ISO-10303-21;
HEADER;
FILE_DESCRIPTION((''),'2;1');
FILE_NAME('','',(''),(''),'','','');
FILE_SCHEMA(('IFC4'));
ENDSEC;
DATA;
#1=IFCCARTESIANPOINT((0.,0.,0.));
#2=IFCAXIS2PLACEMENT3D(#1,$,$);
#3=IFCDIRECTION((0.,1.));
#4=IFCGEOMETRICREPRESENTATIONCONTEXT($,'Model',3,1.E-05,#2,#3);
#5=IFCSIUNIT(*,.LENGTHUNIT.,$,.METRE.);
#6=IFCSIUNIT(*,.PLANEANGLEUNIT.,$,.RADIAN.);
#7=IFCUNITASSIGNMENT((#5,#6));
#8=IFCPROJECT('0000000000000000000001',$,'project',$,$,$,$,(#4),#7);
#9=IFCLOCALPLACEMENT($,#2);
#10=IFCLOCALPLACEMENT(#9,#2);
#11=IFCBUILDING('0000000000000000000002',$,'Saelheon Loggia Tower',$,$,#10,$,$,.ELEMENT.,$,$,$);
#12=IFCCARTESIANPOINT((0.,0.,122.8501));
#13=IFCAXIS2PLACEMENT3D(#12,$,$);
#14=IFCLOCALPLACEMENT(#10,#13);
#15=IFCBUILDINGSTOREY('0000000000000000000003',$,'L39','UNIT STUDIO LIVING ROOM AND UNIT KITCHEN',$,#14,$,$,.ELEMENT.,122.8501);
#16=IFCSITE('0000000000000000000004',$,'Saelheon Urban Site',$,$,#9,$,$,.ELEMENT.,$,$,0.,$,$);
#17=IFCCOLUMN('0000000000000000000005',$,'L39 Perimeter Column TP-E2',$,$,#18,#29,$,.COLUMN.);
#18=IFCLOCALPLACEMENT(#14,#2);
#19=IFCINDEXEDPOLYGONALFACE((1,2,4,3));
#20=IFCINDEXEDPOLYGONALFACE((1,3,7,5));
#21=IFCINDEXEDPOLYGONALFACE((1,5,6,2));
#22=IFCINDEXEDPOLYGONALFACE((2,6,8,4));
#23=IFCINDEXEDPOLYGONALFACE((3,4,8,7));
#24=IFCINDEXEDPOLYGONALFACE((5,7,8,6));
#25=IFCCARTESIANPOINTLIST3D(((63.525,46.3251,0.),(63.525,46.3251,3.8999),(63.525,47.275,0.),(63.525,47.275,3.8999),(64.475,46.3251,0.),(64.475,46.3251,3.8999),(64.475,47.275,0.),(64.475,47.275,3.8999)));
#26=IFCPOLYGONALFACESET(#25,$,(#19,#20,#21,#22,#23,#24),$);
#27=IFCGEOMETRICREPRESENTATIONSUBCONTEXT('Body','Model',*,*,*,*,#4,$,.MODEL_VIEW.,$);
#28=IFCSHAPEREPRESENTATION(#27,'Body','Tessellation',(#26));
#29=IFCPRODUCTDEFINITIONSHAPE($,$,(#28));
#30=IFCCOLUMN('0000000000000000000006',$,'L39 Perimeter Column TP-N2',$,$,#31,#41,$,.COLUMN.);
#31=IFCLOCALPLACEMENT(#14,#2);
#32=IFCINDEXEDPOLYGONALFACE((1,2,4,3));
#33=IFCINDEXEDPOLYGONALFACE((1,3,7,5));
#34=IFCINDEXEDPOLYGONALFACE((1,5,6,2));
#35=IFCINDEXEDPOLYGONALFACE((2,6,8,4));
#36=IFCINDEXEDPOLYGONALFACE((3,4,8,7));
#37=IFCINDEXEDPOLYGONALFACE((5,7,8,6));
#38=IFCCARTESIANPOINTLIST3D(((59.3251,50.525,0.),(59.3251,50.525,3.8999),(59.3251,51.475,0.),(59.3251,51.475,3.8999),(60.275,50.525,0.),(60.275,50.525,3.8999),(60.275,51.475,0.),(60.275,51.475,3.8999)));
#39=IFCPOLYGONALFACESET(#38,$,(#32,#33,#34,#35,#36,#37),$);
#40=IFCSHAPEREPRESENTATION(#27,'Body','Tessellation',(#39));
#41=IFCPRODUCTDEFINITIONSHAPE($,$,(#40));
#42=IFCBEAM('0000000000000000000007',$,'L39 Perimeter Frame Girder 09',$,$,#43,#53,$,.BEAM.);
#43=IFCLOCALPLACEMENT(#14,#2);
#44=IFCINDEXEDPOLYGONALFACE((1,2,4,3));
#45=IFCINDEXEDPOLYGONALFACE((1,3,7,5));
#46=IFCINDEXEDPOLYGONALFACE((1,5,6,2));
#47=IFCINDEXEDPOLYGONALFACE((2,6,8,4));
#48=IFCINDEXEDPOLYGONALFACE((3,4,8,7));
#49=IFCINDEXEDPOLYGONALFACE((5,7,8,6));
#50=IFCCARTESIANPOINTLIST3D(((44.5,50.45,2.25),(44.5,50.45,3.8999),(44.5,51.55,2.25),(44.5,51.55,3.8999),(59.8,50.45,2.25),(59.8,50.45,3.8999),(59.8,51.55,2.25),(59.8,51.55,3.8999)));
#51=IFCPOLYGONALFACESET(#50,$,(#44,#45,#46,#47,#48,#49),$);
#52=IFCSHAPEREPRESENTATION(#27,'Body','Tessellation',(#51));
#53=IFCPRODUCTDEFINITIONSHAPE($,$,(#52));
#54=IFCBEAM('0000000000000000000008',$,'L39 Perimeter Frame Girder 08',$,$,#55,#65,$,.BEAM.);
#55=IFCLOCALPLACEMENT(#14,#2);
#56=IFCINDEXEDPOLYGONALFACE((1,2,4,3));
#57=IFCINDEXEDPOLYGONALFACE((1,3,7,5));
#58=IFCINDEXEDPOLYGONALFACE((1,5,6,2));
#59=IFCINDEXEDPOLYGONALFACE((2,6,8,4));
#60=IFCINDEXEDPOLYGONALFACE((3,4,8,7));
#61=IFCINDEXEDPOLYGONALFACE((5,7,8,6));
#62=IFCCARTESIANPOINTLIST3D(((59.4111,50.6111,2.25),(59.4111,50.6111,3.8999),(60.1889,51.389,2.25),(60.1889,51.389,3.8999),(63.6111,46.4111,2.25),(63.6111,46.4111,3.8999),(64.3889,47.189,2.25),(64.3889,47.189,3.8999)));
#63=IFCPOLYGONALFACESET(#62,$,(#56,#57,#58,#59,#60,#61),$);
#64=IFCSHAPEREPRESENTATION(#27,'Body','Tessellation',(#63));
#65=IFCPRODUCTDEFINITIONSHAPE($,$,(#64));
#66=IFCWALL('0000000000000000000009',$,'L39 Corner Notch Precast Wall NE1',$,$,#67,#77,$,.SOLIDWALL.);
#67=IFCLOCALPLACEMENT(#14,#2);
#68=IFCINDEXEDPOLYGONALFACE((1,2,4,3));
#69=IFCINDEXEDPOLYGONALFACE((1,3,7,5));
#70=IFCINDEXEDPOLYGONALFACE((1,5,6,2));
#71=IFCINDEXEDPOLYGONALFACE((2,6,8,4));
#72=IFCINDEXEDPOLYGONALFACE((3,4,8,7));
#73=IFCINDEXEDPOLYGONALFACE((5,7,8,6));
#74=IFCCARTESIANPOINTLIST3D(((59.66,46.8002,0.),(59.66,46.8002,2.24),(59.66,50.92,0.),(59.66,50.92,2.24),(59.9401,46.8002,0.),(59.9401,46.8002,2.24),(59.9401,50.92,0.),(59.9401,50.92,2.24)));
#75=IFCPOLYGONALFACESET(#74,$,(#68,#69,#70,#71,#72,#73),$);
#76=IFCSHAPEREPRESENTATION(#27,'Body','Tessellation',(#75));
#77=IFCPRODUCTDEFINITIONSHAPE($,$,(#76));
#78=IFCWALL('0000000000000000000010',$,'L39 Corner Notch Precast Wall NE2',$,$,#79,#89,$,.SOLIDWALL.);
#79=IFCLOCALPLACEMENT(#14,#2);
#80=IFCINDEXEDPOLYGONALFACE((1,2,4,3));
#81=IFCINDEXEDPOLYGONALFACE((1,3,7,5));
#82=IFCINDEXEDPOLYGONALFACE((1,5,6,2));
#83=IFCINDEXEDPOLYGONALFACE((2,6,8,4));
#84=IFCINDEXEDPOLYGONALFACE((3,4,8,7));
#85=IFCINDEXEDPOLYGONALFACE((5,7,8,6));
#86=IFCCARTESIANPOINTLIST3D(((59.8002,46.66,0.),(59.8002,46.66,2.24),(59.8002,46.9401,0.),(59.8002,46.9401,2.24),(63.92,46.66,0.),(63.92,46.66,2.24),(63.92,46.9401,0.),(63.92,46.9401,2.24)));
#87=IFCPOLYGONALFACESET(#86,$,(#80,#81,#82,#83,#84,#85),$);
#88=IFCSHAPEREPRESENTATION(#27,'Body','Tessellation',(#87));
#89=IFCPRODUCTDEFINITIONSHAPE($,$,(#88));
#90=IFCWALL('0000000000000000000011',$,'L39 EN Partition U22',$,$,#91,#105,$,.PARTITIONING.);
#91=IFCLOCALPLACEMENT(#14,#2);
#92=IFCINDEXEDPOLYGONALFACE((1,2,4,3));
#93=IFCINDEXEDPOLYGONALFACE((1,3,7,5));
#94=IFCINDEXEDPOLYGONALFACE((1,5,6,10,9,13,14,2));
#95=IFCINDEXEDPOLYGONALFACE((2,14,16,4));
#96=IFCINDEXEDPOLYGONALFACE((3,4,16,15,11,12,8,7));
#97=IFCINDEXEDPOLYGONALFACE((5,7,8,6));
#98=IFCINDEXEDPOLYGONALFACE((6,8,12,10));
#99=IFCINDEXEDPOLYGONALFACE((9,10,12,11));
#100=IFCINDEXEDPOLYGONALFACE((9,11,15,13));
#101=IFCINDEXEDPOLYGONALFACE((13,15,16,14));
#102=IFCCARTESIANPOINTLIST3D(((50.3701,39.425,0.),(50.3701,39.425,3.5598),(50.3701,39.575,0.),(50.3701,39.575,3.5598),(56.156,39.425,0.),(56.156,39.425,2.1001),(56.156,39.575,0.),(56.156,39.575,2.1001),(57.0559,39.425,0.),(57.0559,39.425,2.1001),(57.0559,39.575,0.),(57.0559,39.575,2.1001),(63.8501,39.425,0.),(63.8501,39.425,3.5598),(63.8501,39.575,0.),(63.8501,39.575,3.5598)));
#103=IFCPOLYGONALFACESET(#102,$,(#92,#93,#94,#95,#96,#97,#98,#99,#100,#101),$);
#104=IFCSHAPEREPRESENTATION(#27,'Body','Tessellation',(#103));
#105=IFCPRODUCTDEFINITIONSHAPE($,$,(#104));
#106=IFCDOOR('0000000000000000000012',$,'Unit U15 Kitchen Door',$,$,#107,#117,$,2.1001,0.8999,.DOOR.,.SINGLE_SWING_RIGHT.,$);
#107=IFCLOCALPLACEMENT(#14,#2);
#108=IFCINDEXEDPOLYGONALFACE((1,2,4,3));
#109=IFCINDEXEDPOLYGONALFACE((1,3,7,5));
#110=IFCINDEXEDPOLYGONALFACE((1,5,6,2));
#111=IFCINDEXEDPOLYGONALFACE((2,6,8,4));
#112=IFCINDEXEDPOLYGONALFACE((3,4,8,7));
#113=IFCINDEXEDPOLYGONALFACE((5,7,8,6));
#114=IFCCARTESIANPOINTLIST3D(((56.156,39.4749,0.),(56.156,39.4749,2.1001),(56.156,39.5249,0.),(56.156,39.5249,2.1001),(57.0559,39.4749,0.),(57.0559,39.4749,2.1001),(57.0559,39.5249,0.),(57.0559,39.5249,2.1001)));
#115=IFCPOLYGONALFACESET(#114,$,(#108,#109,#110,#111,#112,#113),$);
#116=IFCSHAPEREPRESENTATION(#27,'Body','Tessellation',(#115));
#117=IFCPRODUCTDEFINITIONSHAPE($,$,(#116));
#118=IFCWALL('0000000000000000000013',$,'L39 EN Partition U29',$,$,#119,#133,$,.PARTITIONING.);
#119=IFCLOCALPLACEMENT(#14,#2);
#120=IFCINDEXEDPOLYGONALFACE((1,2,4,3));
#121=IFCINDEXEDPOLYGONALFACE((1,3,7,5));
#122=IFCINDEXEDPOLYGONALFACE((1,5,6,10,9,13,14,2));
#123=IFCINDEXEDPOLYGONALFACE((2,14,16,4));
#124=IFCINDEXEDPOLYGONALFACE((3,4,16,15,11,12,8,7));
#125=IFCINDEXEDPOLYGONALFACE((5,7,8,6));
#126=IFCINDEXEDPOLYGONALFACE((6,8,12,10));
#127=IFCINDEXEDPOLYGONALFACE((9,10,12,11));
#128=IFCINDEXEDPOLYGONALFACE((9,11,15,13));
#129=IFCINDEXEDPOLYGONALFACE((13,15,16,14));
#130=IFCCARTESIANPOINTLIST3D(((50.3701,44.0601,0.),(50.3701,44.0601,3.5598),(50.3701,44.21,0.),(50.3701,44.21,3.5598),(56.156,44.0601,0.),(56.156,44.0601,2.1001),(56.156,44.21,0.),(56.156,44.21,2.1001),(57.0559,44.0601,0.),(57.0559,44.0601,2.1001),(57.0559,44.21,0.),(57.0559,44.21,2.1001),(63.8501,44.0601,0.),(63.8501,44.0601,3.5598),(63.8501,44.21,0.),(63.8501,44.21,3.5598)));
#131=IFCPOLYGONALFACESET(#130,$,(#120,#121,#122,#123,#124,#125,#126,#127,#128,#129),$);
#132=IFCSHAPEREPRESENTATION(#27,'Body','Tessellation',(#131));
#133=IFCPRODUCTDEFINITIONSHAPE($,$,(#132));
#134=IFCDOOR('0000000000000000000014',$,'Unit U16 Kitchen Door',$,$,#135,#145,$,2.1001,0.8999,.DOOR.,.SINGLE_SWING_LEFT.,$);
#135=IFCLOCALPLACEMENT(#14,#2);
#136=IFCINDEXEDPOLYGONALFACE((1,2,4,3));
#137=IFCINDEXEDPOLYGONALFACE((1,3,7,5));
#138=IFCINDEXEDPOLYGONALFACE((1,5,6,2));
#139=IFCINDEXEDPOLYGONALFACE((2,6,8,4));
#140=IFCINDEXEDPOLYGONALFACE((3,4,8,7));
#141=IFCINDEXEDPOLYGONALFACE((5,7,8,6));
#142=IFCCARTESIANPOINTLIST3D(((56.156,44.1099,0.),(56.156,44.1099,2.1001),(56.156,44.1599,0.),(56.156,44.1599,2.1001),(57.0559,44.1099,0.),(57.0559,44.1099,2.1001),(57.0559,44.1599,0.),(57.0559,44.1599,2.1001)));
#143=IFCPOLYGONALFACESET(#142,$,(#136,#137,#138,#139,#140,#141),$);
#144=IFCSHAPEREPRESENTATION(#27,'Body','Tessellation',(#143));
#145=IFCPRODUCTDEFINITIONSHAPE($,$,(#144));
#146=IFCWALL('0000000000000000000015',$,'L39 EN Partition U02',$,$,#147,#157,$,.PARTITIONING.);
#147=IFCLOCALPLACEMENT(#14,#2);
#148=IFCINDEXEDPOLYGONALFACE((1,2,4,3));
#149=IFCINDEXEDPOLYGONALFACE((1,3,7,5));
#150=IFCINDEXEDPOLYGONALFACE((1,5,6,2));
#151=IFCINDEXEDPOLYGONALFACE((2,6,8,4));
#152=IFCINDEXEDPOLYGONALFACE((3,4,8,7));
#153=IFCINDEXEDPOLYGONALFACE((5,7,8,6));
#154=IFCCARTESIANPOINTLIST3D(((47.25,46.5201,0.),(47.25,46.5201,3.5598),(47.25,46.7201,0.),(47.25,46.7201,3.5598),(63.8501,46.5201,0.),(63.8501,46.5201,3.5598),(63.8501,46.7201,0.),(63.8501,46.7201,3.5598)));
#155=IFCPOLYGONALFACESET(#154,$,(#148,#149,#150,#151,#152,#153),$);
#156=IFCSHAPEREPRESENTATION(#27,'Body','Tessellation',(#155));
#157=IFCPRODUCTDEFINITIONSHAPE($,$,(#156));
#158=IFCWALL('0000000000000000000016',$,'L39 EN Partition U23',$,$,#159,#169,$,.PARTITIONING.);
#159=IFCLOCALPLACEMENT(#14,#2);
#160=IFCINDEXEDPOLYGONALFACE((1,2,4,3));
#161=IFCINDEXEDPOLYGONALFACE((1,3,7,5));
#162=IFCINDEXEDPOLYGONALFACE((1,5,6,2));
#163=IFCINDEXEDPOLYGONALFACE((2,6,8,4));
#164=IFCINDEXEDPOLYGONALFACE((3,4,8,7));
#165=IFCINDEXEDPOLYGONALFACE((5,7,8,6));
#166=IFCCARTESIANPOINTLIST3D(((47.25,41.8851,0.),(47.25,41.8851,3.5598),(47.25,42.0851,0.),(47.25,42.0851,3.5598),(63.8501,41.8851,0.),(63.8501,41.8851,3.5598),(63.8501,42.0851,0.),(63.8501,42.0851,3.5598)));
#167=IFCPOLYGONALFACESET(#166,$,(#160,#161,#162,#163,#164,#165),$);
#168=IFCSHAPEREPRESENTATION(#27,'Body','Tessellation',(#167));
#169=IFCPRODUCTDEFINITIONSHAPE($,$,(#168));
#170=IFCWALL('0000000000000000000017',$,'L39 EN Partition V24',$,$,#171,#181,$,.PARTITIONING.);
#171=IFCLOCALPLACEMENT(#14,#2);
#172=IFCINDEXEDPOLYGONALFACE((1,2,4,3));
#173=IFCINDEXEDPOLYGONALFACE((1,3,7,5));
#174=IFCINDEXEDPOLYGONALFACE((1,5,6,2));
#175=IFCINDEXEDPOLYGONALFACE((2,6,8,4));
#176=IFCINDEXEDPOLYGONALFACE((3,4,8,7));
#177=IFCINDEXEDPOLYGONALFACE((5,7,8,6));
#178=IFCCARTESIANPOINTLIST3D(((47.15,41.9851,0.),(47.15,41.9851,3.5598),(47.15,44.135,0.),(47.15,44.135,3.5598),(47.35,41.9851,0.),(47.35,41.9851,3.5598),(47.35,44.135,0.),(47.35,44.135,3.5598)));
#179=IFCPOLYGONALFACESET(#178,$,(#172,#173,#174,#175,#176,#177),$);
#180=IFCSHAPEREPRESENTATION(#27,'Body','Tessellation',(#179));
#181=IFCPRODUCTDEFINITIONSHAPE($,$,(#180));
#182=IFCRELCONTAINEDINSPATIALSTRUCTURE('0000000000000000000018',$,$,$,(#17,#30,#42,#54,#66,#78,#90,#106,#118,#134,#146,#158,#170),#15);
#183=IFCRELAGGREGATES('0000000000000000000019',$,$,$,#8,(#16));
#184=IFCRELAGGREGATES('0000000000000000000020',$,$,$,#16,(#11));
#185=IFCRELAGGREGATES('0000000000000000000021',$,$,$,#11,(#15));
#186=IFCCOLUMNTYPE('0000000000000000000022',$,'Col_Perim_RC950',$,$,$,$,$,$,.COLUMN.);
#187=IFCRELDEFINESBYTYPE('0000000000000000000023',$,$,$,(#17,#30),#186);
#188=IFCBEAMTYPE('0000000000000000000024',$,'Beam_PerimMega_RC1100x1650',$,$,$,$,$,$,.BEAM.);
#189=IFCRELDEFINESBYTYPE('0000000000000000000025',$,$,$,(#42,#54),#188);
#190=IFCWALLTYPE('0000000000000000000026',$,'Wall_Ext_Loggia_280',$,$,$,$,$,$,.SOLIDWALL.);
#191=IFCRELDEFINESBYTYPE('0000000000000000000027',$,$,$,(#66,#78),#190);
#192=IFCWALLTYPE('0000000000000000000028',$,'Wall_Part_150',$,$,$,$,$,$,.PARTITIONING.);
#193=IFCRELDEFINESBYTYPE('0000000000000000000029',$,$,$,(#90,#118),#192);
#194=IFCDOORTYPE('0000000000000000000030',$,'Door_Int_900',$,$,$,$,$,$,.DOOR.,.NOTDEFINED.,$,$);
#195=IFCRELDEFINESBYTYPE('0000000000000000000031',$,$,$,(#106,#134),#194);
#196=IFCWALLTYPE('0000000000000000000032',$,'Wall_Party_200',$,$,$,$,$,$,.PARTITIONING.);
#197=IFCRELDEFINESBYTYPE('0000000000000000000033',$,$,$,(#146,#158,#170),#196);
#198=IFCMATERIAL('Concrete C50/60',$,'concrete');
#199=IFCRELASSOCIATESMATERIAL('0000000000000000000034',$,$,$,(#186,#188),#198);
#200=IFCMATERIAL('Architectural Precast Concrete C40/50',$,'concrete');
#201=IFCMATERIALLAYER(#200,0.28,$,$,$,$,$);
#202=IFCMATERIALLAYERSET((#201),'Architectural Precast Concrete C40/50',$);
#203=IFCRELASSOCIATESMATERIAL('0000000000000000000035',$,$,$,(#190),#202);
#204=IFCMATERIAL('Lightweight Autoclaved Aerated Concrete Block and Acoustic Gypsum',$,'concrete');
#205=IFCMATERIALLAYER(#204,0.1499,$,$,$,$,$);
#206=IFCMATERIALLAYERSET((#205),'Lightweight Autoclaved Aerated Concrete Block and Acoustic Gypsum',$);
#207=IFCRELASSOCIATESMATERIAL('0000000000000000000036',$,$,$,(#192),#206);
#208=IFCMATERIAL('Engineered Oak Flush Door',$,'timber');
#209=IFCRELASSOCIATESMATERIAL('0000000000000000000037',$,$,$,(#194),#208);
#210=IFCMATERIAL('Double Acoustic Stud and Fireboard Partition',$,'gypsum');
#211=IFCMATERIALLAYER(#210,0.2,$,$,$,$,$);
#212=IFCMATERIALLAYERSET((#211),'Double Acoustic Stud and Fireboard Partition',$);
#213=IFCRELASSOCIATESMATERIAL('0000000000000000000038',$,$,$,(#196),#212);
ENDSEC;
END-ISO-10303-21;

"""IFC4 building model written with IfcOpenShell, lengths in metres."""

from ifc_helpers import new_model, si_unit, direction, frame, frame_2d, origin, origin_2d, place, context, subcontext, project, spatial, rectangle, extrude, source, transform, mapped, material, layer, layer_set, material_profile, profile_set, type_object, element, fill, save


model = new_model("IFC4")

# Units and contexts
model_context = context("Model", 3, precision=1e-05, world=origin(), true_north=direction((0.0, 1.0)))
body_context = subcontext(model_context, "Body", "Model", "MODEL_VIEW")
ifc_project = project(units=[si_unit("LENGTHUNIT", "METRE"), si_unit("PLANEANGLEUNIT", "RADIAN")], contexts=[model_context])

# Site, building, storey
site_placement = place(None, origin())
site = spatial("IfcSite", under=ifc_project, at=site_placement, Name="Saelheon Urban Site", CompositionType="ELEMENT", RefElevation=0.0)
building_placement = place(site_placement, origin())
building = spatial("IfcBuilding", under=site, at=building_placement, Name="Saelheon Loggia Tower", CompositionType="ELEMENT")
storey_placement = place(building_placement, frame((0.0, 0.0, 122.8501)))
storey = spatial("IfcBuildingStorey", under=building, at=storey_placement, Name="L39", Description="UNIT STUDIO LIVING ROOM AND UNIT KITCHEN", CompositionType="ELEMENT", Elevation=122.8501)

# Columns
ifc_material_1 = material(Name="Concrete C50/60", Category="concrete")
ifc_material_profile_1 = material_profile(ifc_material_1, rectangle(XDim=0.95, YDim=0.95, at=origin_2d()), Name="RC-950x950")
ifc_profile_set_1 = profile_set([ifc_material_profile_1], Name="Concrete C50/60")
column_type = type_object("IfcColumnType", Name="Col_Perim_RC950", PredefinedType="COLUMN", material=ifc_profile_set_1)
shared_shape_1 = source(origin(), body_context, "Body", "SweptSolid", [
    extrude(rectangle(XDim=0.95, YDim=0.95, at=origin_2d()), origin(), (0.0, 0.0, 1.0), 3.8999),
])
for number, where, z_axis, x_axis, name in (
    (1, (64.0, 46.8, 0.0), (0.0, 0.0, 1.0), (1.0, 0.0, 0.0), "L39 Perimeter Column TP-E2"),
    (2, (59.8, 51.0, 0.0), (0.0, 0.0, 1.0), (1.0, 0.0, 0.0), "L39 Perimeter Column TP-N2"),
):
    element("IfcColumn", number, at=place(storey_placement, frame(where, z_axis=z_axis, x_axis=x_axis)), inside=storey, type_object=column_type, Name=name, PredefinedType="COLUMN", context=body_context, shape_type="MappedRepresentation", body=[
        mapped(shared_shape_1, transform((0.0, 0.0, 0.0), scale=1.0)),
    ])

# Beams
ifc_material_profile_2 = material_profile(ifc_material_1, rectangle(XDim=1.1001, YDim=1.6499, at=origin_2d()), Name="RC-1100x1650")
ifc_profile_set_2 = profile_set([ifc_material_profile_2], Name="Concrete C50/60")
beam_type = type_object("IfcBeamType", Name="Beam_PerimMega_RC1100x1650", PredefinedType="BEAM", material=ifc_profile_set_2)
shared_shape_2 = source(origin(), body_context, "Body", "SweptSolid", [
    extrude(rectangle(XDim=1.1001, YDim=1.6499, at=origin_2d()), origin(), (0.0, 0.0, 1.0), 15.3),
])
beam_1_placement = place(storey_placement, frame((59.8, 51.0, 3.075), z_axis=(-1.0, 0.0, 0.0), x_axis=(0.0, -1.0, 0.0)))
element("IfcBeam", 3, at=beam_1_placement, inside=storey, type_object=beam_type, Name="L39 Perimeter Frame Girder 09", PredefinedType="BEAM", context=body_context, shape_type="MappedRepresentation", body=[
    mapped(shared_shape_2, transform((0.0, 0.0, 0.0), scale=1.0)),
])
shared_shape_3 = source(origin(), body_context, "Body", "SweptSolid", [
    extrude(rectangle(XDim=1.1001, YDim=1.6499, at=origin_2d()), origin(), (0.0, 0.0, 1.0), 5.9397),
])
beam_2_placement = place(storey_placement, frame((64.0, 46.8, 3.075), z_axis=(-0.707107, 0.707107, 0.0), x_axis=(-0.707107, -0.707107, 0.0)))
element("IfcBeam", 4, at=beam_2_placement, inside=storey, type_object=beam_type, Name="L39 Perimeter Frame Girder 08", PredefinedType="BEAM", context=body_context, shape_type="MappedRepresentation", body=[
    mapped(shared_shape_3, transform((0.0, 0.0, 0.0), scale=1.0)),
])

# Walls
ifc_material_2 = material(Name="Architectural Precast Concrete C40/50", Category="concrete")
ifc_layer_1 = layer(ifc_material_2, 0.28)
ifc_layer_set_1 = layer_set([ifc_layer_1], Name="Architectural Precast Concrete C40/50")
wall_type_1 = type_object("IfcWallType", Name="Wall_Ext_Loggia_280", PredefinedType="SOLIDWALL", material=ifc_layer_set_1)
for number, where, z_axis, x_axis, name in (
    (5, (59.8, 46.8, 0.0), (0.0, 0.0, 1.0), (0.0, 1.0, 0.0), "L39 Corner Notch Precast Wall NE1"),
    (6, (59.8, 46.8, 0.0), (0.0, 0.0, 1.0), (1.0, 0.0, 0.0), "L39 Corner Notch Precast Wall NE2"),
):
    element("IfcWall", number, at=place(storey_placement, frame(where, z_axis=z_axis, x_axis=x_axis)), inside=storey, type_object=wall_type_1, Name=name, PredefinedType="SOLIDWALL", context=body_context, shape_type="SweptSolid", body=[
        extrude(rectangle(XDim=4.1199, YDim=0.28, at=frame_2d((2.0601, 0.0))), origin(), (0.0, 0.0, 1.0), 2.24),
    ])

# Walls, openings, doors
ifc_material_3 = material(Name="Lightweight Autoclaved Aerated Concrete Block and Acoustic Gypsum", Category="concrete")
ifc_layer_2 = layer(ifc_material_3, 0.1499)
ifc_layer_set_2 = layer_set([ifc_layer_2], Name="Lightweight Autoclaved Aerated Concrete Block and Acoustic Gypsum")
wall_type_2 = type_object("IfcWallType", Name="Wall_Part_150", PredefinedType="PARTITIONING", material=ifc_layer_set_2)
wall_1_placement = place(storey_placement, frame((50.3701, 39.5, 0.0), z_axis=(0.0, 0.0, 1.0), x_axis=(1.0, 0.0, 0.0)))
wall_1 = element("IfcWall", 7, at=wall_1_placement, inside=storey, type_object=wall_type_2, Name="L39 EN Partition U22", PredefinedType="PARTITIONING", context=body_context, shape_type="SweptSolid", body=[
    extrude(rectangle(XDim=13.48, YDim=0.1499, at=frame_2d((6.74, 0.0))), origin(), (0.0, 0.0, 1.0), 3.5598),
])
opening_1_placement = place(wall_1_placement, frame((5.7859, 0.0, 0.0)))
opening_1 = element("IfcOpeningElement", 8, at=opening_1_placement, cuts=wall_1, PredefinedType="OPENING", context=body_context, shape_type="SweptSolid", body=[
    extrude(rectangle(XDim=0.8999, YDim=2.1001, at=frame_2d((0.45, 1.05))), frame((0.0, 0.0869, 0.0), z_axis=(0.0, -1.0, 0.0), x_axis=(1.0, 0.0, 0.0)), (0.0, 0.0, 1.0), 0.1738),
])
ifc_material_4 = material(Name="Engineered Oak Flush Door", Category="timber")
door_type_1 = type_object("IfcDoorType", Name="Door_Int_900", OperationType="NOTDEFINED", PredefinedType="DOOR", material=ifc_material_4)
shared_shape_4 = source(origin(), body_context, "Body", "SweptSolid", [
    extrude(rectangle(XDim=0.8999, YDim=2.1001, at=frame_2d((0.45, 1.05))), frame((0.0, 0.0249, 0.0), z_axis=(0.0, -1.0, 0.0), x_axis=(1.0, 0.0, 0.0)), (0.0, 0.0, 1.0), 0.05),
])
door_1_placement = place(opening_1_placement, origin())
door_1 = element("IfcDoor", 9, at=door_1_placement, inside=storey, type_object=door_type_1, Name="Unit U15 Kitchen Door", OperationType="SINGLE_SWING_RIGHT", OverallHeight=2.1001, OverallWidth=0.8999, PredefinedType="DOOR", context=body_context, shape_type="MappedRepresentation", body=[
    mapped(shared_shape_4, transform((0.0, 0.0, 0.0), scale=1.0)),
])
fill(opening_1, door_1)
wall_2_placement = place(storey_placement, frame((50.3701, 44.135, 0.0), z_axis=(0.0, 0.0, 1.0), x_axis=(1.0, 0.0, 0.0)))
wall_2 = element("IfcWall", 10, at=wall_2_placement, inside=storey, type_object=wall_type_2, Name="L39 EN Partition U29", PredefinedType="PARTITIONING", context=body_context, shape_type="SweptSolid", body=[
    extrude(rectangle(XDim=13.48, YDim=0.1499, at=frame_2d((6.74, 0.0))), origin(), (0.0, 0.0, 1.0), 3.5598),
])
opening_2_placement = place(wall_2_placement, frame((5.7859, 0.0, 0.0)))
opening_2 = element("IfcOpeningElement", 11, at=opening_2_placement, cuts=wall_2, PredefinedType="OPENING", context=body_context, shape_type="SweptSolid", body=[
    extrude(rectangle(XDim=0.8999, YDim=2.1001, at=frame_2d((0.45, 1.05))), frame((0.0, 0.0869, 0.0), z_axis=(0.0, -1.0, 0.0), x_axis=(1.0, 0.0, 0.0)), (0.0, 0.0, 1.0), 0.1738),
])
door_2_placement = place(opening_2_placement, origin())
door_2 = element("IfcDoor", 12, at=door_2_placement, inside=storey, type_object=door_type_1, Name="Unit U16 Kitchen Door", OperationType="SINGLE_SWING_LEFT", OverallHeight=2.1001, OverallWidth=0.8999, PredefinedType="DOOR", context=body_context, shape_type="MappedRepresentation", body=[
    mapped(shared_shape_4, transform((0.0, 0.0, 0.0), scale=1.0)),
])
fill(opening_2, door_2)

# Walls
ifc_material_5 = material(Name="Double Acoustic Stud and Fireboard Partition", Category="gypsum")
ifc_layer_3 = layer(ifc_material_5, 0.2)
ifc_layer_set_3 = layer_set([ifc_layer_3], Name="Double Acoustic Stud and Fireboard Partition")
wall_type_3 = type_object("IfcWallType", Name="Wall_Party_200", PredefinedType="PARTITIONING", material=ifc_layer_set_3)
for number, where, z_axis, x_axis, name in (
    (13, (47.25, 46.6201, 0.0), (0.0, 0.0, 1.0), (1.0, 0.0, 0.0), "L39 EN Partition U02"),
    (14, (47.25, 41.9851, 0.0), (0.0, 0.0, 1.0), (1.0, 0.0, 0.0), "L39 EN Partition U23"),
):
    element("IfcWall", number, at=place(storey_placement, frame(where, z_axis=z_axis, x_axis=x_axis)), inside=storey, type_object=wall_type_3, Name=name, PredefinedType="PARTITIONING", context=body_context, shape_type="SweptSolid", body=[
        extrude(rectangle(XDim=16.6001, YDim=0.2, at=frame_2d((8.3, 0.0))), origin(), (0.0, 0.0, 1.0), 3.5598),
    ])
wall_3_placement = place(storey_placement, frame((47.25, 41.9851, 0.0), z_axis=(0.0, 0.0, 1.0), x_axis=(0.0, 1.0, 0.0)))
element("IfcWall", 15, at=wall_3_placement, inside=storey, type_object=wall_type_3, Name="L39 EN Partition V24", PredefinedType="PARTITIONING", context=body_context, shape_type="SweptSolid", body=[
    extrude(rectangle(XDim=2.1499, YDim=0.2, at=frame_2d((1.075, 0.0))), origin(), (0.0, 0.0, 1.0), 3.5598),
])

save(model, "model.ifc")
